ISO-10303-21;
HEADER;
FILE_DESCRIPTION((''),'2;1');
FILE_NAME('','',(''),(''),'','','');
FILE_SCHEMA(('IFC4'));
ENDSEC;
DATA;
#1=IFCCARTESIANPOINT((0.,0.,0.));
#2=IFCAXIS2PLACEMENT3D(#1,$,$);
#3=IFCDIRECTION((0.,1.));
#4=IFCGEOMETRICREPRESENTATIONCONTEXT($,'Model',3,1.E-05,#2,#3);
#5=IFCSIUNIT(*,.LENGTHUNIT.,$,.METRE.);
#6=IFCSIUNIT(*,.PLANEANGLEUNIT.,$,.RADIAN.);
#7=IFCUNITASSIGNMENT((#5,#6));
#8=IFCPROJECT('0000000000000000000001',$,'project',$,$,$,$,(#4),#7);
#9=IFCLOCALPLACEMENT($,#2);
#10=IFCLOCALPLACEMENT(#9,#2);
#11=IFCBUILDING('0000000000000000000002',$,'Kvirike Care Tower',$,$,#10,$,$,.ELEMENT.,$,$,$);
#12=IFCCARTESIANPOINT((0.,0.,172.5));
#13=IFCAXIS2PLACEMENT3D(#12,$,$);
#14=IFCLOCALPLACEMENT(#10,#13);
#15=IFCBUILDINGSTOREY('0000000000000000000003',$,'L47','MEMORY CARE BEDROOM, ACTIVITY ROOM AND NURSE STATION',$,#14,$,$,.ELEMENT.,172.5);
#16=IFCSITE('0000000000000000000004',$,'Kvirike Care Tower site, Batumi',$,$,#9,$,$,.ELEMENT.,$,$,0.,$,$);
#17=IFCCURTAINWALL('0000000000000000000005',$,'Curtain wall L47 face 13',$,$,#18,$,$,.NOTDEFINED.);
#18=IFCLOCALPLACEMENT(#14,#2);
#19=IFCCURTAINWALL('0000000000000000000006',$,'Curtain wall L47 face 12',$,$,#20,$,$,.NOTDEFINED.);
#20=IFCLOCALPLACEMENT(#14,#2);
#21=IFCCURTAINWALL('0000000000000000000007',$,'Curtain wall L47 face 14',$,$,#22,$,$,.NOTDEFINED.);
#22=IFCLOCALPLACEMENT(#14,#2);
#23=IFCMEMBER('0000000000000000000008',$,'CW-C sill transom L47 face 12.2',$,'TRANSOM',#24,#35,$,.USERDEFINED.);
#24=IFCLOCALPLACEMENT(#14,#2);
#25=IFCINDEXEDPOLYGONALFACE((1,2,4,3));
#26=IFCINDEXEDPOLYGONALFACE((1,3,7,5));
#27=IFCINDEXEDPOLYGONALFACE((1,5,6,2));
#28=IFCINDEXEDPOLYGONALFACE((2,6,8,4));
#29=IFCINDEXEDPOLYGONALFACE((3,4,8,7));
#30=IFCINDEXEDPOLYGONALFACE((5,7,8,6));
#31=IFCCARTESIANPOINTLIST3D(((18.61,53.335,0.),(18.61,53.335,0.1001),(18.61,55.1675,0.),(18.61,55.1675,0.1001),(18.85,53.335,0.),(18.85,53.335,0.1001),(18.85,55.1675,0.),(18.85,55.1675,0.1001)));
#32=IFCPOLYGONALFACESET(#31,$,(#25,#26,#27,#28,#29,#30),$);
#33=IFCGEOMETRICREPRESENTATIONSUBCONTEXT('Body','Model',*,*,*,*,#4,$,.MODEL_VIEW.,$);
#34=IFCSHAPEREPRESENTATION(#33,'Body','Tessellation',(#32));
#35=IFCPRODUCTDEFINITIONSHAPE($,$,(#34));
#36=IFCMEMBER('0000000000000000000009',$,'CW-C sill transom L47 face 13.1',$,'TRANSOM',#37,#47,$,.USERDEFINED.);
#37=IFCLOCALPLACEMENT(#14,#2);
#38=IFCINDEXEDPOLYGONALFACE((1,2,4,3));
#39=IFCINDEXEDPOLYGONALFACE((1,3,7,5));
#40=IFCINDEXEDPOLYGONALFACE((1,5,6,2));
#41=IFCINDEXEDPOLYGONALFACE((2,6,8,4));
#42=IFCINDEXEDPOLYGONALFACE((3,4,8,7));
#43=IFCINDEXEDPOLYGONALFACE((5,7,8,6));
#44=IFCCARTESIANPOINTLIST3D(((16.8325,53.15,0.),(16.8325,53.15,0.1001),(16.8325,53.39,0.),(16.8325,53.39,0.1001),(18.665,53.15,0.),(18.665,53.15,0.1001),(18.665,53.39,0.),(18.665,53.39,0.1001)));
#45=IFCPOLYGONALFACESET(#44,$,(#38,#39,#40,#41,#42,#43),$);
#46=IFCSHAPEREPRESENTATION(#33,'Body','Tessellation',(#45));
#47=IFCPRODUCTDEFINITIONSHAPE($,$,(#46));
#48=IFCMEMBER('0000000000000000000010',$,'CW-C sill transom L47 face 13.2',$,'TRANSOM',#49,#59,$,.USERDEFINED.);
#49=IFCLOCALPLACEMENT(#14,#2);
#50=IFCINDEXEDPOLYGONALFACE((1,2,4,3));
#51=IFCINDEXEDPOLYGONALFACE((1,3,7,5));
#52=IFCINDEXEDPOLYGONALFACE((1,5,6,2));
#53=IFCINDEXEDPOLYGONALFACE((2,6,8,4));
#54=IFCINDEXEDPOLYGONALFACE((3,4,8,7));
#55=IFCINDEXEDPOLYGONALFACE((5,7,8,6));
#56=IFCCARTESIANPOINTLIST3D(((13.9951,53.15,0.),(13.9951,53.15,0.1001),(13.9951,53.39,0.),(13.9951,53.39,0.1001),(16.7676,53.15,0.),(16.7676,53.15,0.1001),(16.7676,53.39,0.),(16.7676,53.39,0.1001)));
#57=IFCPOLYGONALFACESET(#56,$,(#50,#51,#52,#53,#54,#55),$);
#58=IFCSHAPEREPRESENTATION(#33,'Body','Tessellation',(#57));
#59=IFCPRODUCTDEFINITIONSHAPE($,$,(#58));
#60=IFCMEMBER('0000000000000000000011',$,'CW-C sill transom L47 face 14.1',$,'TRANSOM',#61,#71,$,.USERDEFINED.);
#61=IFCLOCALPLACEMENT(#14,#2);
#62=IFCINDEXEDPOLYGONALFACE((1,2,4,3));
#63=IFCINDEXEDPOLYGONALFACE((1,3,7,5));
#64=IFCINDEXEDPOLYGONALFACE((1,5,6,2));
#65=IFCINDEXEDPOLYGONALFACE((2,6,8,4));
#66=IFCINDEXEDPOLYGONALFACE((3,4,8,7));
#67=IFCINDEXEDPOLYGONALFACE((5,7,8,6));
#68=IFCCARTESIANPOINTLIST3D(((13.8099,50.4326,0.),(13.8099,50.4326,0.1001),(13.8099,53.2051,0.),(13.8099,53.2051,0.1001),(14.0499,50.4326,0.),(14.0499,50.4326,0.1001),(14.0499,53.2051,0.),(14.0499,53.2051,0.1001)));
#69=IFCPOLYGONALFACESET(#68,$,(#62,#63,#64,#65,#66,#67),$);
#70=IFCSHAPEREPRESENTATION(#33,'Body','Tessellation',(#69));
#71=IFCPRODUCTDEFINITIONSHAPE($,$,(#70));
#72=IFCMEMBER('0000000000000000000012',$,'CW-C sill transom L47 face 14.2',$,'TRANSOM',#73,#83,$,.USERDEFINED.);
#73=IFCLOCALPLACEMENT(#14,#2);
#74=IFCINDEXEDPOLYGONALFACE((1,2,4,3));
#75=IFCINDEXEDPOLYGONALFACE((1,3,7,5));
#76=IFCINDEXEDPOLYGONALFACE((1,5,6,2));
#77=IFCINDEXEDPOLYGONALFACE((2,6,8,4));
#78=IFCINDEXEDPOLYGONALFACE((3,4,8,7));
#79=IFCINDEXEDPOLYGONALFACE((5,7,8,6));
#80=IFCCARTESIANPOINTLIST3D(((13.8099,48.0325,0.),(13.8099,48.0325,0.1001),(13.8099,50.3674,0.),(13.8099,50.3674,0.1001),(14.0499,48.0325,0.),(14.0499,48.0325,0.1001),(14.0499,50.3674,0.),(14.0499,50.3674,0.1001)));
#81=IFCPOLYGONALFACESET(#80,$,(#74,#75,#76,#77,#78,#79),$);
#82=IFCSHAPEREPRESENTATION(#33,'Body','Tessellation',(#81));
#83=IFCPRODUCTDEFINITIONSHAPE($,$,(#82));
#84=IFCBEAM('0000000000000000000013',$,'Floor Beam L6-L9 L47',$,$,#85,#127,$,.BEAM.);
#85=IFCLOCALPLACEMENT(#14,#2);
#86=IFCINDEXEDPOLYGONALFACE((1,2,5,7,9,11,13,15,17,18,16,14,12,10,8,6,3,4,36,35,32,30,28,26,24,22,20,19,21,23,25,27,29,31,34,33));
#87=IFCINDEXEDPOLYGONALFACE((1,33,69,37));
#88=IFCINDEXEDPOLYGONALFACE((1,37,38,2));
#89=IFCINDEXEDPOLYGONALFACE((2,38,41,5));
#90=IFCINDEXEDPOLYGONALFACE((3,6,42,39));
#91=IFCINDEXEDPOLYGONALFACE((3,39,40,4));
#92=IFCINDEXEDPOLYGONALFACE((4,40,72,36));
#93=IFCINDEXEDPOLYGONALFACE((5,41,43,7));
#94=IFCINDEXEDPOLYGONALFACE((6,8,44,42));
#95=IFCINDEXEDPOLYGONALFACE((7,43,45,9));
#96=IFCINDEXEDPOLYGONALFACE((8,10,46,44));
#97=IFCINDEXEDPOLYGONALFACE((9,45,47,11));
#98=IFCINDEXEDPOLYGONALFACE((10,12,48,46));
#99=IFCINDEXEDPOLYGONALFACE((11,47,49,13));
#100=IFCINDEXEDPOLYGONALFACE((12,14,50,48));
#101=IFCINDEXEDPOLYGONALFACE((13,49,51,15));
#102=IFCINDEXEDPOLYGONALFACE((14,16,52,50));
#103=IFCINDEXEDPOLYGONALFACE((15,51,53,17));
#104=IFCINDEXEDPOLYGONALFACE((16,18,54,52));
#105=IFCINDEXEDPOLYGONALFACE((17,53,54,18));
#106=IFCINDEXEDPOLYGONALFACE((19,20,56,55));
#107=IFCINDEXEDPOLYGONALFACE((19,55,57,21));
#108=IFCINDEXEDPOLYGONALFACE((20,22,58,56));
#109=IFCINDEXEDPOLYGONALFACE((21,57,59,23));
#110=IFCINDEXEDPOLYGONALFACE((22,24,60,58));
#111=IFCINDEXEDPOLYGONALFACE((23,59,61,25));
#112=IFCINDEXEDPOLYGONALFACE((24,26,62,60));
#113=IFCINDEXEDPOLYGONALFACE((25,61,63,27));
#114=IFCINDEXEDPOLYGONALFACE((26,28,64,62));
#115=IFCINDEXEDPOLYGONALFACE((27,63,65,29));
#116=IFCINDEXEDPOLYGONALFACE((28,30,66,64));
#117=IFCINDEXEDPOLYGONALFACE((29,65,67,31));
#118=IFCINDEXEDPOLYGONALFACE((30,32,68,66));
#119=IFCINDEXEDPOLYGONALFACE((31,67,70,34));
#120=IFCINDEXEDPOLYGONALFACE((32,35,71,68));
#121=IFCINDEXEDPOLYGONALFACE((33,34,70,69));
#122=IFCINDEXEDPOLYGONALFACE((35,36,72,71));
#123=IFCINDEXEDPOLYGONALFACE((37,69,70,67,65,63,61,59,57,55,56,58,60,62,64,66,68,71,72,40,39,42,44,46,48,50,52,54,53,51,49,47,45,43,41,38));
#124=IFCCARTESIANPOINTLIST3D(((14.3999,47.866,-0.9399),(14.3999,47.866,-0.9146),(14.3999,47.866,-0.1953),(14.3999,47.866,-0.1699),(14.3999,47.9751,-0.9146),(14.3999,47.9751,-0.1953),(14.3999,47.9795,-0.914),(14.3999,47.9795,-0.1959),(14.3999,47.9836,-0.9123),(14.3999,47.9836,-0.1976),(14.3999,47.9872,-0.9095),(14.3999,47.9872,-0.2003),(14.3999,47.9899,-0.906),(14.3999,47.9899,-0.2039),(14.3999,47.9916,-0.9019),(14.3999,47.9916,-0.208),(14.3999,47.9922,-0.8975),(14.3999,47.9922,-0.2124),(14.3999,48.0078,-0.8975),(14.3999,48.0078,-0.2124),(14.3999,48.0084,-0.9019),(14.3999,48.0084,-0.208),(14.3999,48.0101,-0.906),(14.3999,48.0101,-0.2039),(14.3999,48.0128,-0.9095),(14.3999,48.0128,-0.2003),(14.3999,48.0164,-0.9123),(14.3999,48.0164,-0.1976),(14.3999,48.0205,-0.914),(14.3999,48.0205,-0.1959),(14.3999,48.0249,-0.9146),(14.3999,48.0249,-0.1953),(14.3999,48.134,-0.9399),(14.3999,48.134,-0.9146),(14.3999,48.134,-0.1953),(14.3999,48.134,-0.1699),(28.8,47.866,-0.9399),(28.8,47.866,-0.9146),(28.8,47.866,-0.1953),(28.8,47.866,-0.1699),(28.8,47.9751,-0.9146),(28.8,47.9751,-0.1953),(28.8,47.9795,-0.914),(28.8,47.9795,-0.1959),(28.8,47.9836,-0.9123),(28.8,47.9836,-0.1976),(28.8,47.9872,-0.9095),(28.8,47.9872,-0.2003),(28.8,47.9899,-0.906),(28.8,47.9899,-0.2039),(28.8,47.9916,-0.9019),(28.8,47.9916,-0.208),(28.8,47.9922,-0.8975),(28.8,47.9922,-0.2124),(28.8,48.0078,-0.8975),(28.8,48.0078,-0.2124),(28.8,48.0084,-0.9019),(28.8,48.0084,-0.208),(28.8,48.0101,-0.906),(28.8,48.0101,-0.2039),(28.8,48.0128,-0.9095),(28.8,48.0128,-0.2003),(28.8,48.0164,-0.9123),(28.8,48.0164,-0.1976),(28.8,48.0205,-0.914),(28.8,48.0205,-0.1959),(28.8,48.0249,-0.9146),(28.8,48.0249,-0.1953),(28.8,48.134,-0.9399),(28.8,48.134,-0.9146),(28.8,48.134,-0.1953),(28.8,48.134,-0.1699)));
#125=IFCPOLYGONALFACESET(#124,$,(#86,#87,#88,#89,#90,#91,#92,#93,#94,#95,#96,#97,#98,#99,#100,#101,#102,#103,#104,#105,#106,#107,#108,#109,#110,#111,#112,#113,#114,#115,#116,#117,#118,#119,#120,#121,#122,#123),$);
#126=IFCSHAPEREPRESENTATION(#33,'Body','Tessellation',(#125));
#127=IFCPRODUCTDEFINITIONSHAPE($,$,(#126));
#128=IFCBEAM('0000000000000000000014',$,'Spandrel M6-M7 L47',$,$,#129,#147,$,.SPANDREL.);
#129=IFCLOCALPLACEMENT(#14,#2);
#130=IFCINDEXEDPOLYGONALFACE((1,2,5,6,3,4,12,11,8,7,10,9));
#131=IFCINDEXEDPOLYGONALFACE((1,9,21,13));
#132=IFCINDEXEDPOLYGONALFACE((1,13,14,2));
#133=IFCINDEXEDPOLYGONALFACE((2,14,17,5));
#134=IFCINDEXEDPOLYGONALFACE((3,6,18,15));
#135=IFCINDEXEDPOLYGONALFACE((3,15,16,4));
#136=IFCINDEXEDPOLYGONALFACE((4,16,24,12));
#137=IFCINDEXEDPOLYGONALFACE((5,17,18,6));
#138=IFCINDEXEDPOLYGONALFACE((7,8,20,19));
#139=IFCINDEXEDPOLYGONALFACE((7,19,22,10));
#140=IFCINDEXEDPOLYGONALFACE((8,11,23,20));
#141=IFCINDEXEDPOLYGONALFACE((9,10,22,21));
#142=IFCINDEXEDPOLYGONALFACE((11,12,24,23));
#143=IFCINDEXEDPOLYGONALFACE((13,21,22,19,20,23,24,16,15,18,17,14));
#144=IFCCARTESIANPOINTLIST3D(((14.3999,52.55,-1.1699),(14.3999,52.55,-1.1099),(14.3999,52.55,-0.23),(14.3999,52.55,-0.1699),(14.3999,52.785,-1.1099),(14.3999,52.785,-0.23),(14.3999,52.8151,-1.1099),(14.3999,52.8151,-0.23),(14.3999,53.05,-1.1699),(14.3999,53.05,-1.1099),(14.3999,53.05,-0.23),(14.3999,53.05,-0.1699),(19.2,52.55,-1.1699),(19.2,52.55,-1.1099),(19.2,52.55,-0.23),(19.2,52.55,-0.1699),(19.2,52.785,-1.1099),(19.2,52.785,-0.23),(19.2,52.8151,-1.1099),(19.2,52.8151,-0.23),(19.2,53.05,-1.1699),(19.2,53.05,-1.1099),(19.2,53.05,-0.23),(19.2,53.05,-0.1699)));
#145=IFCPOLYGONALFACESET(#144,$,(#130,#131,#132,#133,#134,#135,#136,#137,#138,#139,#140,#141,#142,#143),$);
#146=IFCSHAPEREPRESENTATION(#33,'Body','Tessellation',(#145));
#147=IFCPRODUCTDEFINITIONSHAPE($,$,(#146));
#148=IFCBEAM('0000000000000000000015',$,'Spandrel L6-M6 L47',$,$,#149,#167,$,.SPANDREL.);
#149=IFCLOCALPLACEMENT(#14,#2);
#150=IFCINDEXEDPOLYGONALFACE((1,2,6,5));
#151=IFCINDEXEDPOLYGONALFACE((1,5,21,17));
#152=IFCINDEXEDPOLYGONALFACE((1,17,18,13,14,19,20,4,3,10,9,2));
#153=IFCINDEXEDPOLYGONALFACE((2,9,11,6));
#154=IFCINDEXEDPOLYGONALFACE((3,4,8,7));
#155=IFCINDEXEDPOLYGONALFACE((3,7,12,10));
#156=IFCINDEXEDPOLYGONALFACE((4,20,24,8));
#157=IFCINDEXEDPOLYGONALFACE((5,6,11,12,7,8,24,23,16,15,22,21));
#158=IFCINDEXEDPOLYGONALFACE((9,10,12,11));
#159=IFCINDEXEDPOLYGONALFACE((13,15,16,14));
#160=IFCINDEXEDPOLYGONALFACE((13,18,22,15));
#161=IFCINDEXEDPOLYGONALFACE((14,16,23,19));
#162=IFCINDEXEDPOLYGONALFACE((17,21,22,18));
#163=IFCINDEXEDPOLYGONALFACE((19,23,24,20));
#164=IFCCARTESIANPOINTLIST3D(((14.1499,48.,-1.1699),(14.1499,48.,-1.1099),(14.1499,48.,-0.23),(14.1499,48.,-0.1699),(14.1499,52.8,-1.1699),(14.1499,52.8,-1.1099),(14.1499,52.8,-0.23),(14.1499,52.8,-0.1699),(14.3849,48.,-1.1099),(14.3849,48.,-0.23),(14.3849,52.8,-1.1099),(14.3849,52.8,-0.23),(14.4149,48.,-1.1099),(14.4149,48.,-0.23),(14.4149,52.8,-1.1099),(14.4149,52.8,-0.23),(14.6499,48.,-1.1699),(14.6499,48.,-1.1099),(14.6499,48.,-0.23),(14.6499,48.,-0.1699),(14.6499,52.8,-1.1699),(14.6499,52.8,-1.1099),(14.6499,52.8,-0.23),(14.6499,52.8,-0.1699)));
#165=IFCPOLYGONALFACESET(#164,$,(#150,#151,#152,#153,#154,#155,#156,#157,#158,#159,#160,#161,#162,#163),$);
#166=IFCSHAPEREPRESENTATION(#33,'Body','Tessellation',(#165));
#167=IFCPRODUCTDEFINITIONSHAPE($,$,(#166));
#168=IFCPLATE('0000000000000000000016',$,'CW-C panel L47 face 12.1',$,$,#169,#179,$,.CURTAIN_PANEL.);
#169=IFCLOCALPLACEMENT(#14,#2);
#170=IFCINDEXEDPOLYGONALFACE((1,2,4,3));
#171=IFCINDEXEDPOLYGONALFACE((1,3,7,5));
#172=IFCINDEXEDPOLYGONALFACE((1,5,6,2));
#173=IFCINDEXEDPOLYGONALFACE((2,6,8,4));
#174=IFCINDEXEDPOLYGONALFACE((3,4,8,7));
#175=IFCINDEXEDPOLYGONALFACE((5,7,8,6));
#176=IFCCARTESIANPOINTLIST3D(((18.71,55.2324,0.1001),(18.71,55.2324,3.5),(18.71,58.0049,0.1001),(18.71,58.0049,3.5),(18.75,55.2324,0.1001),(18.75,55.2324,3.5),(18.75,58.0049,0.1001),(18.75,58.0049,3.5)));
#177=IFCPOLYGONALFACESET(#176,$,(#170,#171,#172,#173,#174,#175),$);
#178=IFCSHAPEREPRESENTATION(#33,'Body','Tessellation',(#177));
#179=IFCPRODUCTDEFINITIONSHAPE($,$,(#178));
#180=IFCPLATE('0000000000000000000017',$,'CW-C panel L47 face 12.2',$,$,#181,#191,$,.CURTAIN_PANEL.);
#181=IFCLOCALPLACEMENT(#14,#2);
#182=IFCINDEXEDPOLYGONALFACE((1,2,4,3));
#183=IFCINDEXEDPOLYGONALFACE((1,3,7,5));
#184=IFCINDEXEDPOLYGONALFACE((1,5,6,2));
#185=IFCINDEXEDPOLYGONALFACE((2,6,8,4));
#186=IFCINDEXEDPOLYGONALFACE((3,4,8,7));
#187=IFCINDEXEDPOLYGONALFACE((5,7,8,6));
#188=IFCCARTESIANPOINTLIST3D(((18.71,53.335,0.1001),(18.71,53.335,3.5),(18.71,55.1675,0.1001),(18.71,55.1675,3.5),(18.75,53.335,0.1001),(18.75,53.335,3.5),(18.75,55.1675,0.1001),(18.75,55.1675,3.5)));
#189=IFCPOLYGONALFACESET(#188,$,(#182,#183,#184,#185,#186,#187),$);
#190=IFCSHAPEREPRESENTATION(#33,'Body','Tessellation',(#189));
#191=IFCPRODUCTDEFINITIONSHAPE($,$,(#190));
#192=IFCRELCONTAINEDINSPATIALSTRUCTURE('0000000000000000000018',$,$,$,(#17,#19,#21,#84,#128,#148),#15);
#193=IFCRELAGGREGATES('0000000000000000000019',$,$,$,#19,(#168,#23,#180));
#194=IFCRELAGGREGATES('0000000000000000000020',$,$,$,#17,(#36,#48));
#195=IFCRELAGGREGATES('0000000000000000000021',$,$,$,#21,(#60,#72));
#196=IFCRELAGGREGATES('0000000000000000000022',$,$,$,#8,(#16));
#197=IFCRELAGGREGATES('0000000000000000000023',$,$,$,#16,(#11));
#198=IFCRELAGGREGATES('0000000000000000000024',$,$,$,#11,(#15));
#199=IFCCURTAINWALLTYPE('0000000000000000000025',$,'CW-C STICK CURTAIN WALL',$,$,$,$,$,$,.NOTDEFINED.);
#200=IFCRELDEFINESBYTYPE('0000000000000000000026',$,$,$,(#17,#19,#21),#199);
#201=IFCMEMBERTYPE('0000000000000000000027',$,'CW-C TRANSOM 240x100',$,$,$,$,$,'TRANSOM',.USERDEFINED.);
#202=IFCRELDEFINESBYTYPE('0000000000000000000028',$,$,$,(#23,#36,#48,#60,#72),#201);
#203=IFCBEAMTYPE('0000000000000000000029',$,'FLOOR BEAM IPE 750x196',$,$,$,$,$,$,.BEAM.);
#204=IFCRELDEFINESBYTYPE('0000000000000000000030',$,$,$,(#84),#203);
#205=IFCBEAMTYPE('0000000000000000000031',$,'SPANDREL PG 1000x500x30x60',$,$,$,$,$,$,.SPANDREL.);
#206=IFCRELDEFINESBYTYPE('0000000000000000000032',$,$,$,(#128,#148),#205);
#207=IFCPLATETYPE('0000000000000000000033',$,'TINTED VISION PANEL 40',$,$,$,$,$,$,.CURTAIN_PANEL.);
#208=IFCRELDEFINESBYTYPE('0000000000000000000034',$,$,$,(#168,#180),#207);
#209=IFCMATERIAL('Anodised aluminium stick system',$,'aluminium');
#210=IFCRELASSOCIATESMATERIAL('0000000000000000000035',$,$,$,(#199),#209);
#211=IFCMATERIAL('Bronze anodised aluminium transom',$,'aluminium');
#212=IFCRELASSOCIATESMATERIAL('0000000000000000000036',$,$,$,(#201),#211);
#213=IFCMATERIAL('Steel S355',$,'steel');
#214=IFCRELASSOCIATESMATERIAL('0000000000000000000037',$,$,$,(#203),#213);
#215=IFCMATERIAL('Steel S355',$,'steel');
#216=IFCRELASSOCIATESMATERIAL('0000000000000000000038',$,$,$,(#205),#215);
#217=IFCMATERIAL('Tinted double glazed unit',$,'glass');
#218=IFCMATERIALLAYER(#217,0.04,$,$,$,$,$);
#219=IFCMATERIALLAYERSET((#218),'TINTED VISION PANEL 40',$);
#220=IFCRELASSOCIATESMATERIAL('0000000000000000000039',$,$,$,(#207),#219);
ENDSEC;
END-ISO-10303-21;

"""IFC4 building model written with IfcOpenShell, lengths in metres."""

from ifc_helpers import new_model, si_unit, direction, frame, origin, origin_2d, place, context, subcontext, project, spatial, rectangle, i_section, extrude, material, layer, layer_set, material_profile, profile_set, type_object, element, aggregate, save


model = new_model("IFC4")

# Units and contexts
model_context = context("Model", 3, precision=1e-05, world=origin(), true_north=direction((0.0, 1.0)))
body_context = subcontext(model_context, "Body", "Model", "MODEL_VIEW")
ifc_project = project(units=[si_unit("LENGTHUNIT", "METRE"), si_unit("PLANEANGLEUNIT", "RADIAN")], contexts=[model_context])

# Site, building, storey
site_placement = place(None, origin())
site = spatial("IfcSite", under=ifc_project, at=site_placement, Name="Kvirike Care Tower site, Batumi", CompositionType="ELEMENT", RefElevation=0.0)
building_placement = place(site_placement, origin())
building = spatial("IfcBuilding", under=site, at=building_placement, Name="Kvirike Care Tower", CompositionType="ELEMENT")
storey_placement = place(building_placement, frame((0.0, 0.0, 172.5)))
storey = spatial("IfcBuildingStorey", under=building, at=storey_placement, Name="L47", Description="MEMORY CARE BEDROOM, ACTIVITY ROOM AND NURSE STATION", CompositionType="ELEMENT", Elevation=172.5)

# Curtain wall
ifc_material_1 = material(Name="Anodised aluminium stick system", Category="aluminium")
curtain_wall_type = type_object("IfcCurtainWallType", Name="CW-C STICK CURTAIN WALL", PredefinedType="NOTDEFINED", material=ifc_material_1)
curtain_wall_1_placement = place(storey_placement, origin())
curtain_wall_1 = element("IfcCurtainWall", 1, at=curtain_wall_1_placement, inside=storey, type_object=curtain_wall_type, Name="Curtain wall L47 face 13", PredefinedType="NOTDEFINED")

# Curtain wall
curtain_wall_2_placement = place(storey_placement, origin())
curtain_wall_2 = element("IfcCurtainWall", 2, at=curtain_wall_2_placement, inside=storey, type_object=curtain_wall_type, Name="Curtain wall L47 face 12", PredefinedType="NOTDEFINED")

# Curtain wall
curtain_wall_3_placement = place(storey_placement, origin())
curtain_wall_3 = element("IfcCurtainWall", 3, at=curtain_wall_3_placement, inside=storey, type_object=curtain_wall_type, Name="Curtain wall L47 face 14", PredefinedType="NOTDEFINED")

# Members
ifc_material_2 = material(Name="Bronze anodised aluminium transom", Category="aluminium")
ifc_material_profile_1 = material_profile(ifc_material_2, rectangle(XDim=0.24, YDim=0.1001, at=origin_2d()), Name="CW-C TRANSOM 240x100")
ifc_profile_set_1 = profile_set([ifc_material_profile_1], Name="Bronze anodised aluminium transom")
member_type_1 = type_object("IfcMemberType", Name="CW-C TRANSOM 240x100", ElementType="TRANSOM", PredefinedType="USERDEFINED", material=ifc_profile_set_1)
member_1_placement = place(storey_placement, frame((18.73, 55.1675, 0.05), z_axis=(0.0, -1.0, 0.0), x_axis=(1.0, 0.0, 0.0)))
member_1 = element("IfcMember", 4, at=member_1_placement, type_object=member_type_1, Name="CW-C sill transom L47 face 12.2", ObjectType="TRANSOM", PredefinedType="USERDEFINED", context=body_context, shape_type="SweptSolid", body=[
    extrude(rectangle(XDim=0.24, YDim=0.1001, at=origin_2d()), origin(), (0.0, 0.0, 1.0), 1.8325),
])
member_2_placement = place(storey_placement, frame((18.665, 53.27, 0.05), z_axis=(-1.0, 0.0, 0.0), x_axis=(0.0, -1.0, 0.0)))
member_2 = element("IfcMember", 5, at=member_2_placement, type_object=member_type_1, Name="CW-C sill transom L47 face 13.1", ObjectType="TRANSOM", PredefinedType="USERDEFINED", context=body_context, shape_type="SweptSolid", body=[
    extrude(rectangle(XDim=0.24, YDim=0.1001, at=origin_2d()), origin(), (0.0, 0.0, 1.0), 1.8325),
])
member_3_placement = place(storey_placement, frame((16.7676, 53.27, 0.05), z_axis=(-1.0, 0.0, 0.0), x_axis=(0.0, -1.0, 0.0)))
member_3 = element("IfcMember", 6, at=member_3_placement, type_object=member_type_1, Name="CW-C sill transom L47 face 13.2", ObjectType="TRANSOM", PredefinedType="USERDEFINED", context=body_context, shape_type="SweptSolid", body=[
    extrude(rectangle(XDim=0.24, YDim=0.1001, at=origin_2d()), origin(), (0.0, 0.0, 1.0), 2.7725),
])
member_4_placement = place(storey_placement, frame((13.9299, 53.2051, 0.05), z_axis=(0.0, -1.0, 0.0), x_axis=(1.0, 0.0, 0.0)))
member_4 = element("IfcMember", 7, at=member_4_placement, type_object=member_type_1, Name="CW-C sill transom L47 face 14.1", ObjectType="TRANSOM", PredefinedType="USERDEFINED", context=body_context, shape_type="SweptSolid", body=[
    extrude(rectangle(XDim=0.24, YDim=0.1001, at=origin_2d()), origin(), (0.0, 0.0, 1.0), 2.7725),
])
member_5_placement = place(storey_placement, frame((13.9299, 50.3674, 0.05), z_axis=(0.0, -1.0, 0.0), x_axis=(1.0, 0.0, 0.0)))
member_5 = element("IfcMember", 8, at=member_5_placement, type_object=member_type_1, Name="CW-C sill transom L47 face 14.2", ObjectType="TRANSOM", PredefinedType="USERDEFINED", context=body_context, shape_type="SweptSolid", body=[
    extrude(rectangle(XDim=0.24, YDim=0.1001, at=origin_2d()), origin(), (0.0, 0.0, 1.0), 2.335),
])

# Beams
ifc_material_3 = material(Name="Steel S355", Category="steel")
ifc_material_profile_2 = material_profile(ifc_material_3, i_section(OverallWidth=0.2681, OverallDepth=0.77, WebThickness=0.0156, FlangeThickness=0.0254, FilletRadius=0.0171, at=origin_2d()), Name="IPE 750x196")
ifc_profile_set_2 = profile_set([ifc_material_profile_2], Name="Steel S355")
beam_type_1 = type_object("IfcBeamType", Name="FLOOR BEAM IPE 750x196", PredefinedType="BEAM", material=ifc_profile_set_2)
beam_placement = place(storey_placement, frame((14.3999, 48.0, -0.5549), z_axis=(1.0, 0.0, 0.0), x_axis=(0.0, 1.0, 0.0)))
element("IfcBeam", 9, at=beam_placement, inside=storey, type_object=beam_type_1, Name="Floor Beam L6-L9 L47", PredefinedType="BEAM", context=body_context, shape_type="SweptSolid", body=[
    extrude(i_section(OverallWidth=0.2681, OverallDepth=0.77, WebThickness=0.0156, FlangeThickness=0.0254, FilletRadius=0.0171, at=origin_2d()), origin(), (0.0, 0.0, 1.0), 14.4001),
])
ifc_material_4 = material(Name="Steel S355", Category="steel")
ifc_material_profile_3 = material_profile(ifc_material_4, i_section(OverallWidth=0.5, OverallDepth=1.0, WebThickness=0.03, FlangeThickness=0.0601, at=origin_2d()), Name="PG 1000x500x30x60")
ifc_profile_set_3 = profile_set([ifc_material_profile_3], Name="Steel S355")
beam_type_2 = type_object("IfcBeamType", Name="SPANDREL PG 1000x500x30x60", PredefinedType="SPANDREL", material=ifc_profile_set_3)
for number, where, z_axis, x_axis, name in (
    (10, (14.3999, 52.8, -0.6699), (1.0, 0.0, 0.0), (0.0, 1.0, 0.0), "Spandrel M6-M7 L47"),
    (11, (14.3999, 48.0, -0.6699), (0.0, 1.0, 0.0), (-1.0, 0.0, 0.0), "Spandrel L6-M6 L47"),
):
    element("IfcBeam", number, at=place(storey_placement, frame(where, z_axis=z_axis, x_axis=x_axis)), inside=storey, type_object=beam_type_2, Name=name, PredefinedType="SPANDREL", context=body_context, shape_type="SweptSolid", body=[
        extrude(i_section(OverallWidth=0.5, OverallDepth=1.0, WebThickness=0.03, FlangeThickness=0.0601, at=origin_2d()), origin(), (0.0, 0.0, 1.0), 4.8),
    ])

# Plates
ifc_material_5 = material(Name="Tinted double glazed unit", Category="glass")
ifc_layer_1 = layer(ifc_material_5, 0.04)
ifc_layer_set_1 = layer_set([ifc_layer_1], Name="TINTED VISION PANEL 40")
plate_type = type_object("IfcPlateType", Name="TINTED VISION PANEL 40", PredefinedType="CURTAIN_PANEL", material=ifc_layer_set_1)
plate_1_placement = place(storey_placement, frame((18.73, 56.6187, 0.1001), z_axis=(0.0, 0.0, 1.0), x_axis=(0.0, -1.0, 0.0)))
plate_1 = element("IfcPlate", 12, at=plate_1_placement, type_object=plate_type, Name="CW-C panel L47 face 12.1", PredefinedType="CURTAIN_PANEL", context=body_context, shape_type="SweptSolid", body=[
    extrude(rectangle(XDim=2.7725, YDim=0.04, at=origin_2d()), origin(), (0.0, 0.0, 1.0), 3.3999),
])
plate_2_placement = place(storey_placement, frame((18.73, 54.2512, 0.1001), z_axis=(0.0, 0.0, 1.0), x_axis=(0.0, -1.0, 0.0)))
plate_2 = element("IfcPlate", 13, at=plate_2_placement, type_object=plate_type, Name="CW-C panel L47 face 12.2", PredefinedType="CURTAIN_PANEL", context=body_context, shape_type="SweptSolid", body=[
    extrude(rectangle(XDim=1.8325, YDim=0.04, at=origin_2d()), origin(), (0.0, 0.0, 1.0), 3.3999),
])
aggregate(curtain_wall_2, [plate_1, member_1, plate_2])
aggregate(curtain_wall_1, [member_2, member_3])
aggregate(curtain_wall_3, [member_4, member_5])

save(model, "model.ifc")
